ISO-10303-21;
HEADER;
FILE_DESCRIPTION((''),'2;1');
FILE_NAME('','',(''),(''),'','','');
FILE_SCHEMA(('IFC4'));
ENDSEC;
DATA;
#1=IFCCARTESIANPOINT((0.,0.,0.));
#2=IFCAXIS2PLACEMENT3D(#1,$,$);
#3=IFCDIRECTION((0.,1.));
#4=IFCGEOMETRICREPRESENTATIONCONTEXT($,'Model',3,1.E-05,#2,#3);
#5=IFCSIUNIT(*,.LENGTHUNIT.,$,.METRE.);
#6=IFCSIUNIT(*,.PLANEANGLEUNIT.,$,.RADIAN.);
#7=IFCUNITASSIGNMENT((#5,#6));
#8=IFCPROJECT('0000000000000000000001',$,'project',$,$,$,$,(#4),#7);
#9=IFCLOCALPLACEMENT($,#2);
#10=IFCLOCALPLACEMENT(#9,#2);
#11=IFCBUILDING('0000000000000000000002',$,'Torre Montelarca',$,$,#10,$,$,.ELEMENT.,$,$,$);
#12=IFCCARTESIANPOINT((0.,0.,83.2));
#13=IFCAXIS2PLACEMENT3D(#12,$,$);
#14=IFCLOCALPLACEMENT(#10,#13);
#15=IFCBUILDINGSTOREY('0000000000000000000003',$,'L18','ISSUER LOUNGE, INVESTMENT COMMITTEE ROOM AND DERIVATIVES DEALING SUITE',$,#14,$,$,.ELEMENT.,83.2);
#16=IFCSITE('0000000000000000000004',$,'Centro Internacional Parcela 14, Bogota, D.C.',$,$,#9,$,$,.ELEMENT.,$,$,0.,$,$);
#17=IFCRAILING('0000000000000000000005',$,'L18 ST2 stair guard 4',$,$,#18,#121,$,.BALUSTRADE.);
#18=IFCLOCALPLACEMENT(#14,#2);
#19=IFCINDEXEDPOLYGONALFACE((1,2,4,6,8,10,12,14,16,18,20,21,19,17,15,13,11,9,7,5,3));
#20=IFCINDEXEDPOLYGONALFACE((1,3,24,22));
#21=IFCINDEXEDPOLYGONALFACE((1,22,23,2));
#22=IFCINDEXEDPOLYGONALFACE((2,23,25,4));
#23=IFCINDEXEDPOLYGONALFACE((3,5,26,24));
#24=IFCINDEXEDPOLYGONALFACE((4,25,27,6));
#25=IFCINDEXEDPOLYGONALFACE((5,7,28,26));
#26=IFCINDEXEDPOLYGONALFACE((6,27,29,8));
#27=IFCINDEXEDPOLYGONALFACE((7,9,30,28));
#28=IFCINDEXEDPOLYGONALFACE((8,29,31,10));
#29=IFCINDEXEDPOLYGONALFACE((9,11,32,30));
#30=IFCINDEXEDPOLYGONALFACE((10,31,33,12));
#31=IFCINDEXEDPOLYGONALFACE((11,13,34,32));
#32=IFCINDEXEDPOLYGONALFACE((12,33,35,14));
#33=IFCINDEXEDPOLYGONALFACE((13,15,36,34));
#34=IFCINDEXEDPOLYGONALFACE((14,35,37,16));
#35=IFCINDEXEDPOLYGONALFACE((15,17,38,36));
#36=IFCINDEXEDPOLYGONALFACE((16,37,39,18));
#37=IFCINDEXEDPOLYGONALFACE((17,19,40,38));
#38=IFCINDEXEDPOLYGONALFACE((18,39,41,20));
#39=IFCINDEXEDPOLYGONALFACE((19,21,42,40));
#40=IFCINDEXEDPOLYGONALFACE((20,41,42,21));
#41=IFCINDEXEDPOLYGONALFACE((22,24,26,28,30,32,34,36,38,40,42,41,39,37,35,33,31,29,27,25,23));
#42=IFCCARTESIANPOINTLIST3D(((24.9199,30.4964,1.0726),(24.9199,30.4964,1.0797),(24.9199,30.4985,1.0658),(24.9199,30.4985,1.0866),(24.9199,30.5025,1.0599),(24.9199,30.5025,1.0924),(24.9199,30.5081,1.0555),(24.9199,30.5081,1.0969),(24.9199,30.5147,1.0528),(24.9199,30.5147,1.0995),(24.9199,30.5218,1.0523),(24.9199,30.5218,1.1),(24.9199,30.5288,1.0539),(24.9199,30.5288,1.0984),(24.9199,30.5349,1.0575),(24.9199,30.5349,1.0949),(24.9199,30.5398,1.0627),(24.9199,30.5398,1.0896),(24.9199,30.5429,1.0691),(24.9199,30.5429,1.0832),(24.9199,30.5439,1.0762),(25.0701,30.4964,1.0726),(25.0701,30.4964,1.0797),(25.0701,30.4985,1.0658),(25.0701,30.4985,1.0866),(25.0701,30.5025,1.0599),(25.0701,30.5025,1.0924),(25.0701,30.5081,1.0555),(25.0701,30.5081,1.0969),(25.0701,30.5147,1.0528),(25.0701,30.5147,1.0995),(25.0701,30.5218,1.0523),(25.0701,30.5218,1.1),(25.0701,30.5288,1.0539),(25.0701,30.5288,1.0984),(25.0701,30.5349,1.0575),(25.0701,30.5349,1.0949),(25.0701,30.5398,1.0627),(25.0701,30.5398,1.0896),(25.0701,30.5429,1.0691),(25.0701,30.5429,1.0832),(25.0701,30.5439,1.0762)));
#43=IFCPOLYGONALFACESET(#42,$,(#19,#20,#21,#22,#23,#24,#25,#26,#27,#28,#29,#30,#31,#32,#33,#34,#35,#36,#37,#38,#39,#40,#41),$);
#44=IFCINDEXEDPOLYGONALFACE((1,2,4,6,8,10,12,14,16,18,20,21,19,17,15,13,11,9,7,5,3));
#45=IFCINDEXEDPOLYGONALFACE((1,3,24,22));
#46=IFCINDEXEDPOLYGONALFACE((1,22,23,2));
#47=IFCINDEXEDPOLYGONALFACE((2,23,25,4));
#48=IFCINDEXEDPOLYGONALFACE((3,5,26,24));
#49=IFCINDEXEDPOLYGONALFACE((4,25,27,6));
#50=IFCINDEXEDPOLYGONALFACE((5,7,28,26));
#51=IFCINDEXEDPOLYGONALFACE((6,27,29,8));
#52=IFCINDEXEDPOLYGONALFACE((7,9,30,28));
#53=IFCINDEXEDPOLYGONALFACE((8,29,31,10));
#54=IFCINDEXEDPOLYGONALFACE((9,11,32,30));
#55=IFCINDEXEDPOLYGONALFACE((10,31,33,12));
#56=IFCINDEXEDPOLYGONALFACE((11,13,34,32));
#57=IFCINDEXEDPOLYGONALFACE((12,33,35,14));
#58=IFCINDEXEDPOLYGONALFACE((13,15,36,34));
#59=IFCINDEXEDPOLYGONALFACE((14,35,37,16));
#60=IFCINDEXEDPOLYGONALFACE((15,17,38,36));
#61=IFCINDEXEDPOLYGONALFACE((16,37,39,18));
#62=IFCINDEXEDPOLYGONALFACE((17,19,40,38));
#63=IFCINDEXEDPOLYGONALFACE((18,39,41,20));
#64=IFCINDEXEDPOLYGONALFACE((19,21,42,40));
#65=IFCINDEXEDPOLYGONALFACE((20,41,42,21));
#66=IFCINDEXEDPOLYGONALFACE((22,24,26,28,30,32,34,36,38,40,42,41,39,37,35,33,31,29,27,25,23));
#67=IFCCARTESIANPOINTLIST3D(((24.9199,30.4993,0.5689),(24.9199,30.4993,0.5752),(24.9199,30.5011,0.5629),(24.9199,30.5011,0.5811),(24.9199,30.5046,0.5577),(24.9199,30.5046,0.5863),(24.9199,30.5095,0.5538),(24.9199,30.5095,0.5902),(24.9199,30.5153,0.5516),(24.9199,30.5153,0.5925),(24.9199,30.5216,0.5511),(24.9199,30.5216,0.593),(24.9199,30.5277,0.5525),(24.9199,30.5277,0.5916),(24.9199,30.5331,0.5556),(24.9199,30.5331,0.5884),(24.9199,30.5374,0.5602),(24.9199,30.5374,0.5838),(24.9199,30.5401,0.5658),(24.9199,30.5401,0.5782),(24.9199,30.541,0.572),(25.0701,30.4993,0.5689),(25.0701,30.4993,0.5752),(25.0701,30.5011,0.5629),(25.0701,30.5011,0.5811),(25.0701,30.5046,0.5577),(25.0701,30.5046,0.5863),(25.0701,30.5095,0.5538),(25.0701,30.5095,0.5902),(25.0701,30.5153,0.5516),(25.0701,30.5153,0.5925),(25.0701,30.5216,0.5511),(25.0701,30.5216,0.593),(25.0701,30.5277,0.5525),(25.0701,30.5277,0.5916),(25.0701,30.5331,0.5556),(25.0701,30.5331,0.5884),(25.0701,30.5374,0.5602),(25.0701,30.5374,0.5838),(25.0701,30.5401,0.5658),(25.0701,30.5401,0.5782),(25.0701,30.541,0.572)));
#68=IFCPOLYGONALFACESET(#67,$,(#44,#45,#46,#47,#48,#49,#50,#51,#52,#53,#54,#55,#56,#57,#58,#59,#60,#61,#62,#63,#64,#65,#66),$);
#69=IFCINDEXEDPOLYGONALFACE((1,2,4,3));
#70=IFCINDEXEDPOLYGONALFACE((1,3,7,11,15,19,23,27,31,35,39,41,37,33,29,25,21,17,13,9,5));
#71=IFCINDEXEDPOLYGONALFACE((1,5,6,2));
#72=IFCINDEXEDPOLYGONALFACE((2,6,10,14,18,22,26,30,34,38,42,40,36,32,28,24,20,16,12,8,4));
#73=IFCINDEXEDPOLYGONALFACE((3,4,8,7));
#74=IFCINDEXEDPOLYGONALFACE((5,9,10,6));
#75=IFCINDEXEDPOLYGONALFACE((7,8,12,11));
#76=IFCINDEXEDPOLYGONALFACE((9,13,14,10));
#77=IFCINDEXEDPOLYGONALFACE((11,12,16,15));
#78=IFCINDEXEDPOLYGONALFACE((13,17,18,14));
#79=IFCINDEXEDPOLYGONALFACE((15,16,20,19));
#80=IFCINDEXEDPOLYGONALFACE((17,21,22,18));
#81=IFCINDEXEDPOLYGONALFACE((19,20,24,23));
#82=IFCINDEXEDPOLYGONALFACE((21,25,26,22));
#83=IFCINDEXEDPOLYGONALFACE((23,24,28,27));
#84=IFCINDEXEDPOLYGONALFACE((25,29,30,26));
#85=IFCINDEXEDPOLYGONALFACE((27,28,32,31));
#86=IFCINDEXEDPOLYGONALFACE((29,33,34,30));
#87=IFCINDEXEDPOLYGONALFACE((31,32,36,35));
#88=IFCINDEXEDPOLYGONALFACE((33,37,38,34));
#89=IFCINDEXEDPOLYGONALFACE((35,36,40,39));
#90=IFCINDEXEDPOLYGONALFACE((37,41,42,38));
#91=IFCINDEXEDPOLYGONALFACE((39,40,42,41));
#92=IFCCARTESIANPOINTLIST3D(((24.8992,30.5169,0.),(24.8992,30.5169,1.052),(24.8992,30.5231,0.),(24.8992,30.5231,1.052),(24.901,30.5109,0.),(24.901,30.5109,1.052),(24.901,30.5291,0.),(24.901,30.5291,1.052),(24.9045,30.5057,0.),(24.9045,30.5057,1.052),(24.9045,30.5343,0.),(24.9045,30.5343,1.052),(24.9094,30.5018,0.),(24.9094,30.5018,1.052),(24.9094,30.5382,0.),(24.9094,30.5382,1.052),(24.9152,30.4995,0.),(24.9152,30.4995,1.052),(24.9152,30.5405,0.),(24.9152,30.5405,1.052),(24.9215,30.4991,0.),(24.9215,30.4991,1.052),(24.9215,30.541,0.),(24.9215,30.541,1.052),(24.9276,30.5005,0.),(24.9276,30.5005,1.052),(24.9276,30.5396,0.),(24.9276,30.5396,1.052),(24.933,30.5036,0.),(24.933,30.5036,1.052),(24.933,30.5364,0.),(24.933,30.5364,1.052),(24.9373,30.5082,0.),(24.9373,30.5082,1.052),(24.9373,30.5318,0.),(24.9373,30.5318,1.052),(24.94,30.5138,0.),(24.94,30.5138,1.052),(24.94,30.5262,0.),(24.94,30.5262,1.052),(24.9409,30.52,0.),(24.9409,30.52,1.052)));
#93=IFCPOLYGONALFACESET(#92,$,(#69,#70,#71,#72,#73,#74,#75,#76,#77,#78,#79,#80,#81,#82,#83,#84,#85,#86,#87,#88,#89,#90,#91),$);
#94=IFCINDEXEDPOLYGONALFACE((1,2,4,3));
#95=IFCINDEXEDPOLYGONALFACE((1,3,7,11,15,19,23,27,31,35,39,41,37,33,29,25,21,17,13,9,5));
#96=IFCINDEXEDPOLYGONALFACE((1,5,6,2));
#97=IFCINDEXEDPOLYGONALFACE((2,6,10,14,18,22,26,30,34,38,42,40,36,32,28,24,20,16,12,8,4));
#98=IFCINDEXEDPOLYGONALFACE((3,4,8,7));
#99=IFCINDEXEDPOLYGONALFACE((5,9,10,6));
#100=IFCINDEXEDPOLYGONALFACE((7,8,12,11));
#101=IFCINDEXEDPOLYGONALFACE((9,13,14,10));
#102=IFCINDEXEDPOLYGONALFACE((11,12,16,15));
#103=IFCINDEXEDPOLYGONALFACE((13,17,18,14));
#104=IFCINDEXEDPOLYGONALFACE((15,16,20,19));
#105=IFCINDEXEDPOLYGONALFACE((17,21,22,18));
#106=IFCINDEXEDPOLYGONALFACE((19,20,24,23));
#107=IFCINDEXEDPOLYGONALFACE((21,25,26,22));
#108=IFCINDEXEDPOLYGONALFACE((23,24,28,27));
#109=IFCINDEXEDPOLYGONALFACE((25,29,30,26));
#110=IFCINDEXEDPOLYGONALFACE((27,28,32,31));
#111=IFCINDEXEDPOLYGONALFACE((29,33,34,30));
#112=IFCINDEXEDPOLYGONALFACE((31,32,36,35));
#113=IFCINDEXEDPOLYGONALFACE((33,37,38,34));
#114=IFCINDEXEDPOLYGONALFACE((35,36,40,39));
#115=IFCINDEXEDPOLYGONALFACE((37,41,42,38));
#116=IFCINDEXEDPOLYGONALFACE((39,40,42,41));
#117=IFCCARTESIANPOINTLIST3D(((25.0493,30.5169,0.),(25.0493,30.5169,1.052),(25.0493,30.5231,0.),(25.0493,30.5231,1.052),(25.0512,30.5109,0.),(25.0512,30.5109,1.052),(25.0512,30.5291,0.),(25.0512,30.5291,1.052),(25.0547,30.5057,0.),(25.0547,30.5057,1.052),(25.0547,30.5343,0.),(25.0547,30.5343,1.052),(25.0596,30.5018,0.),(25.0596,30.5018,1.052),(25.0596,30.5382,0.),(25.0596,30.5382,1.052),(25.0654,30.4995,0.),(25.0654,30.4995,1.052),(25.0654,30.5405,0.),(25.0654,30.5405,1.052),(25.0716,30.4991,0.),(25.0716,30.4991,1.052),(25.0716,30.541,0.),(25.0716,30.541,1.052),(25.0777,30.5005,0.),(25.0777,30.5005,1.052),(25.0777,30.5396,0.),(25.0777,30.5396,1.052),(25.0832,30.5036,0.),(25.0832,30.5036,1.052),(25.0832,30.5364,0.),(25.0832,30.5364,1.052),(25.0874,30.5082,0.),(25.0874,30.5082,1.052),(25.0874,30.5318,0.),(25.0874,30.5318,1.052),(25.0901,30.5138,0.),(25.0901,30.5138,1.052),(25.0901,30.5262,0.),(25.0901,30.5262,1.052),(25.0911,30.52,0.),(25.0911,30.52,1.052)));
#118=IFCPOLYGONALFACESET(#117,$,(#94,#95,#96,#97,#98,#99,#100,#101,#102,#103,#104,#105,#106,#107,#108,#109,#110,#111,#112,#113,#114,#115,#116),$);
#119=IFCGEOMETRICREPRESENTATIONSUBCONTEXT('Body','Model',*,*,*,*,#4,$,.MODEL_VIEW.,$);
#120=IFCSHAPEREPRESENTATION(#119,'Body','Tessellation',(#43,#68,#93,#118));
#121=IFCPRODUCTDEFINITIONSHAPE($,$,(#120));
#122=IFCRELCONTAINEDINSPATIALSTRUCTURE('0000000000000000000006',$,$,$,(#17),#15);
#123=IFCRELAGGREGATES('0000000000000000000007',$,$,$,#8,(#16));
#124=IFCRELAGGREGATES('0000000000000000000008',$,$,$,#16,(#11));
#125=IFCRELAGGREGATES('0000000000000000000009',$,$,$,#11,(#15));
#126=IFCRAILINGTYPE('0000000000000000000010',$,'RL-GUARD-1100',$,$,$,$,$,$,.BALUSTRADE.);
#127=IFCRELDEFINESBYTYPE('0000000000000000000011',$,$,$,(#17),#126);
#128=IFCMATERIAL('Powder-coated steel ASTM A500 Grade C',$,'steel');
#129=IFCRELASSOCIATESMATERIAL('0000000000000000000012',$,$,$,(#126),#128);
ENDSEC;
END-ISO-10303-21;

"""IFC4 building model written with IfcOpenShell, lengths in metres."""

from ifc_helpers import new_model, si_unit, direction, frame, origin, origin_2d, place, context, subcontext, project, spatial, circle, extrude, material, type_object, element, save


model = new_model("IFC4")

# Units and contexts
model_context = context("Model", 3, precision=1e-05, world=origin(), true_north=direction((0.0, 1.0)))
body_context = subcontext(model_context, "Body", "Model", "MODEL_VIEW")
ifc_project = project(units=[si_unit("LENGTHUNIT", "METRE"), si_unit("PLANEANGLEUNIT", "RADIAN")], contexts=[model_context])

# Site, building, storey
site_placement = place(None, origin())
site = spatial("IfcSite", under=ifc_project, at=site_placement, Name="Centro Internacional Parcela 14, Bogota, D.C.", CompositionType="ELEMENT", RefElevation=0.0)
building_placement = place(site_placement, origin())
building = spatial("IfcBuilding", under=site, at=building_placement, Name="Torre Montelarca", CompositionType="ELEMENT")
storey_placement = place(building_placement, frame((0.0, 0.0, 83.2)))
storey = spatial("IfcBuildingStorey", under=building, at=storey_placement, Name="L18", Description="ISSUER LOUNGE, INVESTMENT COMMITTEE ROOM AND DERIVATIVES DEALING SUITE", CompositionType="ELEMENT", Elevation=83.2)

# Railing
ifc_material_1 = material(Name="Powder-coated steel ASTM A500 Grade C", Category="steel")
railing_type_1 = type_object("IfcRailingType", Name="RL-GUARD-1100", PredefinedType="BALUSTRADE", material=ifc_material_1)
railing_1_placement = place(storey_placement, frame((24.9199, 30.52, 0.0)))
element("IfcRailing", 1, at=railing_1_placement, inside=storey, type_object=railing_type_1, Name="L18 ST2 stair guard 4", PredefinedType="BALUSTRADE", context=body_context, shape_type="SweptSolid", body=[
    extrude(circle(Radius=0.0239, at=origin_2d()), frame((0.0, 0.0, 1.0762), z_axis=(1.0, 0.0, 0.0), x_axis=(0.0, 1.0, 0.0)), (0.0, 0.0, 1.0), 0.1501),
    extrude(circle(Radius=0.021, at=origin_2d()), frame((0.0, 0.0, 0.572), z_axis=(1.0, 0.0, 0.0), x_axis=(0.0, 1.0, 0.0)), (0.0, 0.0, 1.0), 0.1501),
    extrude(circle(Radius=0.021, at=origin_2d()), origin(), (0.0, 0.0, 1.0), 1.052),
    extrude(circle(Radius=0.021, at=origin_2d()), frame((0.1501, 0.0, 0.0)), (0.0, 0.0, 1.0), 1.052),
])

save(model, "model.ifc")
